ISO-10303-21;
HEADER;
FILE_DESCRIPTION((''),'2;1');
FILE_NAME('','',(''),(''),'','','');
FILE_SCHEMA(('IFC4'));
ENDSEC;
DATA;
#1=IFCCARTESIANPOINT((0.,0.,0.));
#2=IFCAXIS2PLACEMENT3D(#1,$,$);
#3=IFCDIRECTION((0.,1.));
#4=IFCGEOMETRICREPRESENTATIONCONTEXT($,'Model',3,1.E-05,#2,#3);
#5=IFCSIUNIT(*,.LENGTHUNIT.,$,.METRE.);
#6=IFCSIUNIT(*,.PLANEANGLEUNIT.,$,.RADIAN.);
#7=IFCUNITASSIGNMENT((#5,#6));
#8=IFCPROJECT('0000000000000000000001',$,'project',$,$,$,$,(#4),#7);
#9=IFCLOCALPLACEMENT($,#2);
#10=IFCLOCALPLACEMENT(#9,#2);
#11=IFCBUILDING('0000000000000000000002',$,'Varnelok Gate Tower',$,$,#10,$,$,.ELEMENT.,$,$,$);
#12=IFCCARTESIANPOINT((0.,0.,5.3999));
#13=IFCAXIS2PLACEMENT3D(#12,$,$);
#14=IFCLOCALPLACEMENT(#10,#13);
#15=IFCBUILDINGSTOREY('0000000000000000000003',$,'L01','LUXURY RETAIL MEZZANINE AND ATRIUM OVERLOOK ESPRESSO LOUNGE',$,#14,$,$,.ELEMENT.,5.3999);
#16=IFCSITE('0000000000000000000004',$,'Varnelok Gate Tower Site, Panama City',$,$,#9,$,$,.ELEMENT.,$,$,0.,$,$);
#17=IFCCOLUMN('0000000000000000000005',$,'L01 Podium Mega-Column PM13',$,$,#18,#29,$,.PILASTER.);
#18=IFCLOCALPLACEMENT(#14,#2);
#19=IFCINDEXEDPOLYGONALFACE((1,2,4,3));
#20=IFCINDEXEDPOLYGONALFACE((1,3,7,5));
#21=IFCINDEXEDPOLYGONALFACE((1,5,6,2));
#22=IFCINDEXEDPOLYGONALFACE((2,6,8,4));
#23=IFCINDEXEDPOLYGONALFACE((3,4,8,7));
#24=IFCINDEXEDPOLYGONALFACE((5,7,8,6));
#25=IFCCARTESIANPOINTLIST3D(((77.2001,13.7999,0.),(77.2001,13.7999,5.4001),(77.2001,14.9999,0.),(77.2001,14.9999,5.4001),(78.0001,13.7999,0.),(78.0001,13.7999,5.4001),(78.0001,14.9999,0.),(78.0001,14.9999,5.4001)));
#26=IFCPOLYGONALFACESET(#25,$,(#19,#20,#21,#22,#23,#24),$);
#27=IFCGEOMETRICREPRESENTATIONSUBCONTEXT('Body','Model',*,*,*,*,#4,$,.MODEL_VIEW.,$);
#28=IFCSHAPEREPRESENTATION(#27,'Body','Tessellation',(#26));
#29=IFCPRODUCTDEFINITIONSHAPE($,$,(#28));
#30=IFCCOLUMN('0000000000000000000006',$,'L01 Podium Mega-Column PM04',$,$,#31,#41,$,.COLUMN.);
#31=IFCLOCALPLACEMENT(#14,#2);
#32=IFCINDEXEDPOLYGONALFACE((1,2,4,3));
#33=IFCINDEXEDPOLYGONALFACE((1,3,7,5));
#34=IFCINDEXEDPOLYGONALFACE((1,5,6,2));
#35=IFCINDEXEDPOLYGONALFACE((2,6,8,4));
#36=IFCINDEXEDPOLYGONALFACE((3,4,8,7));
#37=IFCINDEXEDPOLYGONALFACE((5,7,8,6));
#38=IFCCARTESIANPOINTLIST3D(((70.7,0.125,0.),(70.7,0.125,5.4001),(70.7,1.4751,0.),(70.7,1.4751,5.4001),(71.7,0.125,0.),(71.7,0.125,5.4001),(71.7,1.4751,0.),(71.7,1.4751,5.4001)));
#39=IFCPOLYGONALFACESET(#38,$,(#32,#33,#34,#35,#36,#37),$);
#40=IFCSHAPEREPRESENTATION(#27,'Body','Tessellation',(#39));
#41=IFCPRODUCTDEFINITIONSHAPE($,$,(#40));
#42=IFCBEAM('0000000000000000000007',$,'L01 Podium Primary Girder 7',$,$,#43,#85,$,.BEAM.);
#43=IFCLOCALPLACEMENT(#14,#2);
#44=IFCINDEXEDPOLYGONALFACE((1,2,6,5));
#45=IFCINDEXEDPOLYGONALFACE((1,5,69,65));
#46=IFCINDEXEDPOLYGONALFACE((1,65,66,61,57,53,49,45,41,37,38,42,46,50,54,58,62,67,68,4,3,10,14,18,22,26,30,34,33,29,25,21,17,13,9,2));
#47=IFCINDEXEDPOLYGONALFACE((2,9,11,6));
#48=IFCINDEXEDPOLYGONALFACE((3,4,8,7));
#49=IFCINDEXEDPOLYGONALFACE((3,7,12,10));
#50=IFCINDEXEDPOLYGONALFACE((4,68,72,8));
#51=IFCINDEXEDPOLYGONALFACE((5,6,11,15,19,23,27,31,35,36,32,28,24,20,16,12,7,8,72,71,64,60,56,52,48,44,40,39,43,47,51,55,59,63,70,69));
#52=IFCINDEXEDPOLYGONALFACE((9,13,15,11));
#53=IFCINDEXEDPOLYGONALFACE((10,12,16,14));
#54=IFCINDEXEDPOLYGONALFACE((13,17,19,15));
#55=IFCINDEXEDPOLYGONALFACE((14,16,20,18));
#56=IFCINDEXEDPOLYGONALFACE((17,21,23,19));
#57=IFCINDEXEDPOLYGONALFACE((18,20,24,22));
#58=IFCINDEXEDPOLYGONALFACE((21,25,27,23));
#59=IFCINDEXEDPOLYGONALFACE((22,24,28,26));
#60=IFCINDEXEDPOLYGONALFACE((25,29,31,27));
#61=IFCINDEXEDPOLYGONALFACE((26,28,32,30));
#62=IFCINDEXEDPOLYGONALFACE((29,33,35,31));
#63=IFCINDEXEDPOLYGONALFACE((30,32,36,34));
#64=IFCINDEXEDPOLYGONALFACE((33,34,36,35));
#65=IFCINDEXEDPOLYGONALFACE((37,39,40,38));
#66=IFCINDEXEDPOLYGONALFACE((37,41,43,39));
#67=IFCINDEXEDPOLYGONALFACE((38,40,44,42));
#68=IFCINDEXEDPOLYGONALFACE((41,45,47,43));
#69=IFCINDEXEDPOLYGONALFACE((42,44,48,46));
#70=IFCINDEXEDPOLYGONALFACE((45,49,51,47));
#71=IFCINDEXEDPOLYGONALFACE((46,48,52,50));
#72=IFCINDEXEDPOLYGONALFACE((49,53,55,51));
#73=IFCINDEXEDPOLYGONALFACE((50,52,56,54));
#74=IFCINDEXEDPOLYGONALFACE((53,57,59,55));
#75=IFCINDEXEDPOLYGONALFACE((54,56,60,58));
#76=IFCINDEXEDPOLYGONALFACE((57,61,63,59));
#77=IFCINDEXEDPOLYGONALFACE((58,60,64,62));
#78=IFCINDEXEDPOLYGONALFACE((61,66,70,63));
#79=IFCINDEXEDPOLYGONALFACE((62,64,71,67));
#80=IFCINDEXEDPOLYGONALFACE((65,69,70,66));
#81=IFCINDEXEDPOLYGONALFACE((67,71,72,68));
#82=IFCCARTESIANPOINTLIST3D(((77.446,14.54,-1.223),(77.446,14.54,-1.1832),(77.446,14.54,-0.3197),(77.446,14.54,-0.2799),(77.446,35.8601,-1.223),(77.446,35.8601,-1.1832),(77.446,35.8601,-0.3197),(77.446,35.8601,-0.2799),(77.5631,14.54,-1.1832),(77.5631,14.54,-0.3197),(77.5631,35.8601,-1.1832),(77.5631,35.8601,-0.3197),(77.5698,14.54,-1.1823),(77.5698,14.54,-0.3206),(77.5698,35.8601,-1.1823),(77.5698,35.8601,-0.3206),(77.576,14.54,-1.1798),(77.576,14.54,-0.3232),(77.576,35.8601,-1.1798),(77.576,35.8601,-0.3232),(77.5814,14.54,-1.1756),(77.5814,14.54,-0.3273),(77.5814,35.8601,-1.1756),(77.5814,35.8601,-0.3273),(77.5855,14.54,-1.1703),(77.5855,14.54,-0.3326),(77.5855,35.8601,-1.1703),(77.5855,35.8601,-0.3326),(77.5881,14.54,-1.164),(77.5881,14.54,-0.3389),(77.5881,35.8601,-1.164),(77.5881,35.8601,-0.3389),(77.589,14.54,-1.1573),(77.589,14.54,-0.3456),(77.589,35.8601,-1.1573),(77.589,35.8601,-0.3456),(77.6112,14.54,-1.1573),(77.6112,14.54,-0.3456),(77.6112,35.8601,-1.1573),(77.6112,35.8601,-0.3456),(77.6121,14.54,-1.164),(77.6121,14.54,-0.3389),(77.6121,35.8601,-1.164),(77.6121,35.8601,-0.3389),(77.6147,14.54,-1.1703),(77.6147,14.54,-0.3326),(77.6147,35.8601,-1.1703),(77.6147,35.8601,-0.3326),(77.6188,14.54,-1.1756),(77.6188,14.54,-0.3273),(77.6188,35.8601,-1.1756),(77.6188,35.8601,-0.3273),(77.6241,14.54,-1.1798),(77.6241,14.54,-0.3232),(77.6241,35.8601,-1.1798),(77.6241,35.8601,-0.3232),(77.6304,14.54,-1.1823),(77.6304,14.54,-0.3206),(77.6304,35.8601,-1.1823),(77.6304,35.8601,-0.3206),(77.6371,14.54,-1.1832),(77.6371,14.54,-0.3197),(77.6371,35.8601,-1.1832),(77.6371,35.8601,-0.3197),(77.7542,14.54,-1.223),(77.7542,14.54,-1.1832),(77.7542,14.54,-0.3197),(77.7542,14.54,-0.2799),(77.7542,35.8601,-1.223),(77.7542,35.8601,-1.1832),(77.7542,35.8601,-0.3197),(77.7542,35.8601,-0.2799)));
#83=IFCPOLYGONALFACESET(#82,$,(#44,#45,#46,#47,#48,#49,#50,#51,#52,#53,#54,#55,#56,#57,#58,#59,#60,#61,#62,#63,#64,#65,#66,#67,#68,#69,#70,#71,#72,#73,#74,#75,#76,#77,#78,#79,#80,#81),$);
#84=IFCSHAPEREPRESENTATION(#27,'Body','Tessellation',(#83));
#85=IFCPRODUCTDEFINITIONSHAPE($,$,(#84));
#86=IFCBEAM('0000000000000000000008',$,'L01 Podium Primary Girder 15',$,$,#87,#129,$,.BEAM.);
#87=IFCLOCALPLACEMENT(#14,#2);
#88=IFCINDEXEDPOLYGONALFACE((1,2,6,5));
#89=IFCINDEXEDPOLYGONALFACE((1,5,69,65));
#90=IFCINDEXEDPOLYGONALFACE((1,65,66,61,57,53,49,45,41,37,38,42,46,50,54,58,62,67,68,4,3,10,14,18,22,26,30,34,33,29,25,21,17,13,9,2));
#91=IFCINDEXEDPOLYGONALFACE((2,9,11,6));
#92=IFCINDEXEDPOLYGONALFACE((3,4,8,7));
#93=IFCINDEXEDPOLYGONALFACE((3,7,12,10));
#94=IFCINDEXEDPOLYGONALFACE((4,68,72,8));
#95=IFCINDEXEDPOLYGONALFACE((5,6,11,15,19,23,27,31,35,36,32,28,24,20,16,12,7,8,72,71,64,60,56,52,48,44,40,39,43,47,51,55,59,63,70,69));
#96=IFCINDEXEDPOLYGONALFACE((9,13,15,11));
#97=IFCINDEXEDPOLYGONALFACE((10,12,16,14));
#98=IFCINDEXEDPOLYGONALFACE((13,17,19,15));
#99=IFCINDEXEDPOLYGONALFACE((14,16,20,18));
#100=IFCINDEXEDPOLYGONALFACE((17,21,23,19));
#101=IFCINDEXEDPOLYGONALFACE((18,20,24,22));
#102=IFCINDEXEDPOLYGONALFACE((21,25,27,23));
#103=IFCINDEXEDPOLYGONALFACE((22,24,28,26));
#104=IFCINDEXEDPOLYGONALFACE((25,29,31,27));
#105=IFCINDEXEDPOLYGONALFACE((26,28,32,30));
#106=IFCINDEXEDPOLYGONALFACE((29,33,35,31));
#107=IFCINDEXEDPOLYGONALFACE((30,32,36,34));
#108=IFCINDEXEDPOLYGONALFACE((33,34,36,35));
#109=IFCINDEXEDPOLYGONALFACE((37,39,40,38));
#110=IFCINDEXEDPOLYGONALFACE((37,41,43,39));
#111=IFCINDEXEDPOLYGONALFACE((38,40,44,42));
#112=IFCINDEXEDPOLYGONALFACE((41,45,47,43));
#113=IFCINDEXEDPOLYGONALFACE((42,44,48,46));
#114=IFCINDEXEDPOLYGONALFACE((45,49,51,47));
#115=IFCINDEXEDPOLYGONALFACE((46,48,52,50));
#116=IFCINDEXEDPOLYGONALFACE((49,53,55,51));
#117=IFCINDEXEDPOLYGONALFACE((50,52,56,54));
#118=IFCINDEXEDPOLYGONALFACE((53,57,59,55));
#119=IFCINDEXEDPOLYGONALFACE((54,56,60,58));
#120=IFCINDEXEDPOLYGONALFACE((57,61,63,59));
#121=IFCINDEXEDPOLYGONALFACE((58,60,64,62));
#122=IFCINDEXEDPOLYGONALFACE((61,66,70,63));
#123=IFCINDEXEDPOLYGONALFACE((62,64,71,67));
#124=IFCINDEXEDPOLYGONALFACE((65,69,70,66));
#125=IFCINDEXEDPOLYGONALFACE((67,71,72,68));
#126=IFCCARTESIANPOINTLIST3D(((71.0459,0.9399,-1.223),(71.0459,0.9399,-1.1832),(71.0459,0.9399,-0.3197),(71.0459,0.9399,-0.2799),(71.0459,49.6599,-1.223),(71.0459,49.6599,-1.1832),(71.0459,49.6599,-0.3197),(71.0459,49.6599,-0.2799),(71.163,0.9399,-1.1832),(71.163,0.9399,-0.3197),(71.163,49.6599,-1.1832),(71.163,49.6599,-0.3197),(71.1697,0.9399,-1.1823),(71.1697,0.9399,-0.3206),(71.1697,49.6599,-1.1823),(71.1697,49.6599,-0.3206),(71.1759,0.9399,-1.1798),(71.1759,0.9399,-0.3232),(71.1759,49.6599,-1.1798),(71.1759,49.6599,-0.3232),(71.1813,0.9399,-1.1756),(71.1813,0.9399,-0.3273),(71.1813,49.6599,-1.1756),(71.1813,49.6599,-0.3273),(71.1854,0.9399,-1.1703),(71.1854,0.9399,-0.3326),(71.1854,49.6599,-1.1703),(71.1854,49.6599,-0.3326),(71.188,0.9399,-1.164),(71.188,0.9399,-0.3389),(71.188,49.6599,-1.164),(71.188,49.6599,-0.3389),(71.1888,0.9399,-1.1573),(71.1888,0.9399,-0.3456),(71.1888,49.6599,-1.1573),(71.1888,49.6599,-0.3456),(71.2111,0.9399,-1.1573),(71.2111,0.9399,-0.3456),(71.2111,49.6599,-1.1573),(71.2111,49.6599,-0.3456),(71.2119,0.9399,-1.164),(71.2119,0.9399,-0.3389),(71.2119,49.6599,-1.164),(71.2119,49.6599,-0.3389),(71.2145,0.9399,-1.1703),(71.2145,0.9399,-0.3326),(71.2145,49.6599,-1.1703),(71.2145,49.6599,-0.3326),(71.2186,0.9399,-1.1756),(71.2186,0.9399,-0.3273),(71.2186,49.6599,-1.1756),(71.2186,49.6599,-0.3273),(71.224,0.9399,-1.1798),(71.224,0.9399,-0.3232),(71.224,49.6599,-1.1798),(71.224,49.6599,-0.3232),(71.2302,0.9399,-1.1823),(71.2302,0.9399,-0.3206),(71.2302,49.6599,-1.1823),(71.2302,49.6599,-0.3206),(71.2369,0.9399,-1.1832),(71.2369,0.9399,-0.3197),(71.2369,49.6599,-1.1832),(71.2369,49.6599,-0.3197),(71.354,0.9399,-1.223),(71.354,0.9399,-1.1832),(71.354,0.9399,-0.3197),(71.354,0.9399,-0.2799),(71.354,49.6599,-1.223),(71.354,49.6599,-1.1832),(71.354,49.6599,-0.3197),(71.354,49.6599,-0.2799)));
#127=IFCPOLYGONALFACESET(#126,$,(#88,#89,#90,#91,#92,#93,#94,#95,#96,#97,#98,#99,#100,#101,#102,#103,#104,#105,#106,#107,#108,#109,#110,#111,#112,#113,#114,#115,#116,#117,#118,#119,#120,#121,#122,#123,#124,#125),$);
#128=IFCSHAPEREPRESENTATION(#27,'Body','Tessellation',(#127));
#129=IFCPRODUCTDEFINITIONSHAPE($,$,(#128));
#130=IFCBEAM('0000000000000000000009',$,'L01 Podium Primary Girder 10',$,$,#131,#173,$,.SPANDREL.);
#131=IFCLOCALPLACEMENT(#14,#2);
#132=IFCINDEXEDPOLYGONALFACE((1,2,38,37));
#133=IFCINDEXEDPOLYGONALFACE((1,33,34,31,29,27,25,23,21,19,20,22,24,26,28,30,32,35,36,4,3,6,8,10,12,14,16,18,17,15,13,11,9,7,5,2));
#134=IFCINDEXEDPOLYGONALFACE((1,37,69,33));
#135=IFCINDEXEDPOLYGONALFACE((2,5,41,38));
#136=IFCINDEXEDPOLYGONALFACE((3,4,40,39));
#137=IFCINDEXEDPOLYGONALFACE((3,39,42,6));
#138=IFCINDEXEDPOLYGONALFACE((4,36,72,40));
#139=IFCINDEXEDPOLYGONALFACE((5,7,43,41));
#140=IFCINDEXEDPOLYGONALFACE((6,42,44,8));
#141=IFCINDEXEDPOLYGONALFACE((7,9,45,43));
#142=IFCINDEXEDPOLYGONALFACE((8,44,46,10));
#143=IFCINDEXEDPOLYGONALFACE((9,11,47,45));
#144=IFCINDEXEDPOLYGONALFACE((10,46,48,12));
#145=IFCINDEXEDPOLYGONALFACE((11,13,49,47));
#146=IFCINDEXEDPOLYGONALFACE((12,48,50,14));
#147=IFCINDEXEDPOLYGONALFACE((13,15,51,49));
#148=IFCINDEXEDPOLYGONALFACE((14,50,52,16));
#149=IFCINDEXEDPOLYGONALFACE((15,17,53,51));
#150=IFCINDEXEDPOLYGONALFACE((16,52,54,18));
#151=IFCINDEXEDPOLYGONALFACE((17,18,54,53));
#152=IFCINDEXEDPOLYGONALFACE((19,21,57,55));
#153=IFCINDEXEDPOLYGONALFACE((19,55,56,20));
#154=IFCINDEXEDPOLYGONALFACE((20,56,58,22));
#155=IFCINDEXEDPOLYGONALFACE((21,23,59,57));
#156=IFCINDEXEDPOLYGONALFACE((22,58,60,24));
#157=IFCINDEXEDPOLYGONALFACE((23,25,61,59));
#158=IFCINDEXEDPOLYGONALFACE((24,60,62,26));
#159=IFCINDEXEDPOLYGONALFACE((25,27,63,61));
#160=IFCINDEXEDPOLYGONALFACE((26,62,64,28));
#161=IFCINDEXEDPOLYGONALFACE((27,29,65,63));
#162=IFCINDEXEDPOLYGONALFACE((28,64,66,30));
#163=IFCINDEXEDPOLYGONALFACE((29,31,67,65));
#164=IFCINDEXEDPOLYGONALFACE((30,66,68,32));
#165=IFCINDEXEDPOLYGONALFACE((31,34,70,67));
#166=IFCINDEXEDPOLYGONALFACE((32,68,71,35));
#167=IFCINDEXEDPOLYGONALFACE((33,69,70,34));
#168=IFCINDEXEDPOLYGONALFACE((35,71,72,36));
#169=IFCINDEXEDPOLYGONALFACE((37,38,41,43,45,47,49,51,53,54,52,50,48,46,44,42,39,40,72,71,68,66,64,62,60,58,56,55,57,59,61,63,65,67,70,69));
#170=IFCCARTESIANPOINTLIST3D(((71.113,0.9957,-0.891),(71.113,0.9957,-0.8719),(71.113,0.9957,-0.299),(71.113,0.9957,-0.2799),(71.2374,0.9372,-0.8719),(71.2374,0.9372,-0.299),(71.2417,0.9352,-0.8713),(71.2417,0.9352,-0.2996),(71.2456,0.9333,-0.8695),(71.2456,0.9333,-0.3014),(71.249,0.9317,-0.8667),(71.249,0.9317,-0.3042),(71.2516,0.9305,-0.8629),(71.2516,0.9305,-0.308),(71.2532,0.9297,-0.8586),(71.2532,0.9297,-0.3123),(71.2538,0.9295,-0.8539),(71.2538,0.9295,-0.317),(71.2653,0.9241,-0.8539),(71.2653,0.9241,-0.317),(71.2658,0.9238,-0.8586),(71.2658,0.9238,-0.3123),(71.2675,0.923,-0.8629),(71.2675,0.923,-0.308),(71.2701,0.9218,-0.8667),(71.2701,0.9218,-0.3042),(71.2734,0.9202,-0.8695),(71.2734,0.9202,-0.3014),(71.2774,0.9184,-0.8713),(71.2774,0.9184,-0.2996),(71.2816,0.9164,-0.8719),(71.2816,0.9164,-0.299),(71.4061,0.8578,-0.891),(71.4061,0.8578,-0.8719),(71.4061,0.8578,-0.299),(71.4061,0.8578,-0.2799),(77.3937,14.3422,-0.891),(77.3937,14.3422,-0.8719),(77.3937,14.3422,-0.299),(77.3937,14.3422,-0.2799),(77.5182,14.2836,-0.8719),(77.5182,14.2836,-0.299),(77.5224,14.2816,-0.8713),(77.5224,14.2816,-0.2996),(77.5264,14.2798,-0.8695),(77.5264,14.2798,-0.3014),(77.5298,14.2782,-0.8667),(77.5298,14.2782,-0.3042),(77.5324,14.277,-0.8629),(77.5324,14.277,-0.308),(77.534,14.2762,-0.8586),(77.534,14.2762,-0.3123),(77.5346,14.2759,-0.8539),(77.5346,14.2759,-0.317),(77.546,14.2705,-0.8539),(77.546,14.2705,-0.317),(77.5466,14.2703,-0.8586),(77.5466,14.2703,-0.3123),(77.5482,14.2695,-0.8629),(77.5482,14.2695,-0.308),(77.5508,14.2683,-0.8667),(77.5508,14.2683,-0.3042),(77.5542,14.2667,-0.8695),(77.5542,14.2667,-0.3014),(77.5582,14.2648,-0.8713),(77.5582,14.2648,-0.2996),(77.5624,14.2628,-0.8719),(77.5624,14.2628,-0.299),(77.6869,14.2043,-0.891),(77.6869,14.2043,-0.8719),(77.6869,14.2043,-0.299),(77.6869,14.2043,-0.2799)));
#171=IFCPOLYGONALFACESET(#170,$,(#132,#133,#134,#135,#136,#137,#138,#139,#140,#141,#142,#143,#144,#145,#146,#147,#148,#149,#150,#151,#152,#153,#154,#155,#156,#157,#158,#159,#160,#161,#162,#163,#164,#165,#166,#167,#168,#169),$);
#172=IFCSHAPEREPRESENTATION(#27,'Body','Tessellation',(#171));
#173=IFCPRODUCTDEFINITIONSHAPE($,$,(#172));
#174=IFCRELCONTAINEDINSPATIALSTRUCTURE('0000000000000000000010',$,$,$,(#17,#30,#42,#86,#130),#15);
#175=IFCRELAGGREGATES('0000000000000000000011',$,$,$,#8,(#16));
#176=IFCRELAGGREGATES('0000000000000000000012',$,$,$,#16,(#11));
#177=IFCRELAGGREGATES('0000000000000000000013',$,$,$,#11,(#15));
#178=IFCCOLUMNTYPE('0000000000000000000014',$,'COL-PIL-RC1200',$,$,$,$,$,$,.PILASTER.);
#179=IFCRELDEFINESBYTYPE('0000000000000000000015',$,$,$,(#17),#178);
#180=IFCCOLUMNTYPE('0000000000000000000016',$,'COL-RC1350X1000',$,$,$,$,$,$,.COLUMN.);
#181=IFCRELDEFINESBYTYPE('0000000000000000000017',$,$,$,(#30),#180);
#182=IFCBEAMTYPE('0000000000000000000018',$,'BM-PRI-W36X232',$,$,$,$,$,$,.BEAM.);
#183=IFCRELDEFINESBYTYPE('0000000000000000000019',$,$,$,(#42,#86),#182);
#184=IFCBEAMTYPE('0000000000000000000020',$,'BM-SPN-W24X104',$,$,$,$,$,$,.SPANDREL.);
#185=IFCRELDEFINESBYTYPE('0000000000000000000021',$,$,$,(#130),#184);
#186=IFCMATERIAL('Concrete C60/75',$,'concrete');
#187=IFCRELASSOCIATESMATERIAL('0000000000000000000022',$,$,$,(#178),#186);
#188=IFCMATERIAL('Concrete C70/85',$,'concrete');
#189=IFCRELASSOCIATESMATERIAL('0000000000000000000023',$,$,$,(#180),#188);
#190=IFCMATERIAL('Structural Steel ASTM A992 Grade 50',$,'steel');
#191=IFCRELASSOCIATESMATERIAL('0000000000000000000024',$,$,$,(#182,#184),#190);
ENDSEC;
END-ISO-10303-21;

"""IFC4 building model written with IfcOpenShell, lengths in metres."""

from ifc_helpers import new_model, si_unit, direction, frame, origin, origin_2d, place, context, subcontext, project, spatial, rectangle, i_section, extrude, material, material_profile, profile_set, type_object, element, save


model = new_model("IFC4")

# Units and contexts
model_context = context("Model", 3, precision=1e-05, world=origin(), true_north=direction((0.0, 1.0)))
body_context = subcontext(model_context, "Body", "Model", "MODEL_VIEW")
ifc_project = project(units=[si_unit("LENGTHUNIT", "METRE"), si_unit("PLANEANGLEUNIT", "RADIAN")], contexts=[model_context])

# Site, building, storey
site_placement = place(None, origin())
site = spatial("IfcSite", under=ifc_project, at=site_placement, Name="Varnelok Gate Tower Site, Panama City", CompositionType="ELEMENT", RefElevation=0.0)
building_placement = place(site_placement, origin())
building = spatial("IfcBuilding", under=site, at=building_placement, Name="Varnelok Gate Tower", CompositionType="ELEMENT")
storey_placement = place(building_placement, frame((0.0, 0.0, 5.3999)))
storey = spatial("IfcBuildingStorey", under=building, at=storey_placement, Name="L01", Description="LUXURY RETAIL MEZZANINE AND ATRIUM OVERLOOK ESPRESSO LOUNGE", CompositionType="ELEMENT", Elevation=5.3999)

# Columns
ifc_material_1 = material(Name="Concrete C60/75", Category="concrete")
ifc_material_profile_1 = material_profile(ifc_material_1, rectangle(XDim=0.8, YDim=1.2, at=origin_2d()), Name="RC1200X800")
ifc_profile_set_1 = profile_set([ifc_material_profile_1], Name="Concrete C60/75")
column_type_1 = type_object("IfcColumnType", Name="COL-PIL-RC1200", PredefinedType="PILASTER", material=ifc_profile_set_1)
column_1_placement = place(storey_placement, frame((77.6001, 14.3999, 0.0), z_axis=(0.0, 0.0, 1.0), x_axis=(1.0, 0.0, 0.0)))
element("IfcColumn", 1, at=column_1_placement, inside=storey, type_object=column_type_1, Name="L01 Podium Mega-Column PM13", PredefinedType="PILASTER", context=body_context, shape_type="SweptSolid", body=[
    extrude(rectangle(XDim=0.8, YDim=1.2, at=origin_2d()), origin(), (0.0, 0.0, 1.0), 5.4001),
])
ifc_material_2 = material(Name="Concrete C70/85", Category="concrete")
ifc_material_profile_2 = material_profile(ifc_material_2, rectangle(XDim=1.0, YDim=1.3501, at=origin_2d()), Name="RC1350X1000")
ifc_profile_set_2 = profile_set([ifc_material_profile_2], Name="Concrete C70/85")
column_type_2 = type_object("IfcColumnType", Name="COL-RC1350X1000", PredefinedType="COLUMN", material=ifc_profile_set_2)
column_2_placement = place(storey_placement, frame((71.2, 0.8, 0.0), z_axis=(0.0, 0.0, 1.0), x_axis=(1.0, 0.0, 0.0)))
element("IfcColumn", 2, at=column_2_placement, inside=storey, type_object=column_type_2, Name="L01 Podium Mega-Column PM04", PredefinedType="COLUMN", context=body_context, shape_type="SweptSolid", body=[
    extrude(rectangle(XDim=1.0, YDim=1.3501, at=origin_2d()), origin(), (0.0, 0.0, 1.0), 5.4001),
])

# Beams
ifc_material_3 = material(Name="Structural Steel ASTM A992 Grade 50", Category="steel")
ifc_material_profile_3 = material_profile(ifc_material_3, i_section(OverallWidth=0.3081, OverallDepth=0.9431, WebThickness=0.0222, FlangeThickness=0.0398, FilletRadius=0.0259, at=origin_2d()), Name="W36X232")
ifc_profile_set_3 = profile_set([ifc_material_profile_3], Name="Structural Steel ASTM A992 Grade 50")
beam_type_1 = type_object("IfcBeamType", Name="BM-PRI-W36X232", PredefinedType="BEAM", material=ifc_profile_set_3)
beam_1_placement = place(storey_placement, frame((77.6001, 14.54, -0.7515), z_axis=(0.0, 1.0, 0.0), x_axis=(-1.0, 0.0, 0.0)))
element("IfcBeam", 3, at=beam_1_placement, inside=storey, type_object=beam_type_1, Name="L01 Podium Primary Girder 7", PredefinedType="BEAM", context=body_context, shape_type="SweptSolid", body=[
    extrude(i_section(OverallWidth=0.3081, OverallDepth=0.9431, WebThickness=0.0222, FlangeThickness=0.0398, FilletRadius=0.0259, at=origin_2d()), origin(), (0.0, 0.0, 1.0), 21.3201),
])
beam_2_placement = place(storey_placement, frame((71.2, 0.9399, -0.7515), z_axis=(0.0, 1.0, 0.0), x_axis=(-1.0, 0.0, 0.0)))
element("IfcBeam", 4, at=beam_2_placement, inside=storey, type_object=beam_type_1, Name="L01 Podium Primary Girder 15", PredefinedType="BEAM", context=body_context, shape_type="SweptSolid", body=[
    extrude(i_section(OverallWidth=0.3081, OverallDepth=0.9431, WebThickness=0.0222, FlangeThickness=0.0398, FilletRadius=0.0259, at=origin_2d()), origin(), (0.0, 0.0, 1.0), 48.72),
])
ifc_material_profile_4 = material_profile(ifc_material_3, i_section(OverallWidth=0.324, OverallDepth=0.6111, WebThickness=0.0127, FlangeThickness=0.019, FilletRadius=0.0181, at=origin_2d()), Name="W24X104")
ifc_profile_set_4 = profile_set([ifc_material_profile_4], Name="Structural Steel ASTM A992 Grade 50")
beam_type_2 = type_object("IfcBeamType", Name="BM-SPN-W24X104", PredefinedType="SPANDREL", material=ifc_profile_set_4)
beam_3_placement = place(storey_placement, frame((71.2595, 0.9268, -0.5854), z_axis=(0.425802, 0.904816, 0.0), x_axis=(-0.904816, 0.425802, 0.0)))
element("IfcBeam", 5, at=beam_3_placement, inside=storey, type_object=beam_type_2, Name="L01 Podium Primary Girder 10", PredefinedType="SPANDREL", context=body_context, shape_type="SweptSolid", body=[
    extrude(i_section(OverallWidth=0.324, OverallDepth=0.6111, WebThickness=0.0127, FlangeThickness=0.019, FilletRadius=0.0181, at=origin_2d()), origin(), (0.0, 0.0, 1.0), 14.7505),
])

save(model, "model.ifc")
